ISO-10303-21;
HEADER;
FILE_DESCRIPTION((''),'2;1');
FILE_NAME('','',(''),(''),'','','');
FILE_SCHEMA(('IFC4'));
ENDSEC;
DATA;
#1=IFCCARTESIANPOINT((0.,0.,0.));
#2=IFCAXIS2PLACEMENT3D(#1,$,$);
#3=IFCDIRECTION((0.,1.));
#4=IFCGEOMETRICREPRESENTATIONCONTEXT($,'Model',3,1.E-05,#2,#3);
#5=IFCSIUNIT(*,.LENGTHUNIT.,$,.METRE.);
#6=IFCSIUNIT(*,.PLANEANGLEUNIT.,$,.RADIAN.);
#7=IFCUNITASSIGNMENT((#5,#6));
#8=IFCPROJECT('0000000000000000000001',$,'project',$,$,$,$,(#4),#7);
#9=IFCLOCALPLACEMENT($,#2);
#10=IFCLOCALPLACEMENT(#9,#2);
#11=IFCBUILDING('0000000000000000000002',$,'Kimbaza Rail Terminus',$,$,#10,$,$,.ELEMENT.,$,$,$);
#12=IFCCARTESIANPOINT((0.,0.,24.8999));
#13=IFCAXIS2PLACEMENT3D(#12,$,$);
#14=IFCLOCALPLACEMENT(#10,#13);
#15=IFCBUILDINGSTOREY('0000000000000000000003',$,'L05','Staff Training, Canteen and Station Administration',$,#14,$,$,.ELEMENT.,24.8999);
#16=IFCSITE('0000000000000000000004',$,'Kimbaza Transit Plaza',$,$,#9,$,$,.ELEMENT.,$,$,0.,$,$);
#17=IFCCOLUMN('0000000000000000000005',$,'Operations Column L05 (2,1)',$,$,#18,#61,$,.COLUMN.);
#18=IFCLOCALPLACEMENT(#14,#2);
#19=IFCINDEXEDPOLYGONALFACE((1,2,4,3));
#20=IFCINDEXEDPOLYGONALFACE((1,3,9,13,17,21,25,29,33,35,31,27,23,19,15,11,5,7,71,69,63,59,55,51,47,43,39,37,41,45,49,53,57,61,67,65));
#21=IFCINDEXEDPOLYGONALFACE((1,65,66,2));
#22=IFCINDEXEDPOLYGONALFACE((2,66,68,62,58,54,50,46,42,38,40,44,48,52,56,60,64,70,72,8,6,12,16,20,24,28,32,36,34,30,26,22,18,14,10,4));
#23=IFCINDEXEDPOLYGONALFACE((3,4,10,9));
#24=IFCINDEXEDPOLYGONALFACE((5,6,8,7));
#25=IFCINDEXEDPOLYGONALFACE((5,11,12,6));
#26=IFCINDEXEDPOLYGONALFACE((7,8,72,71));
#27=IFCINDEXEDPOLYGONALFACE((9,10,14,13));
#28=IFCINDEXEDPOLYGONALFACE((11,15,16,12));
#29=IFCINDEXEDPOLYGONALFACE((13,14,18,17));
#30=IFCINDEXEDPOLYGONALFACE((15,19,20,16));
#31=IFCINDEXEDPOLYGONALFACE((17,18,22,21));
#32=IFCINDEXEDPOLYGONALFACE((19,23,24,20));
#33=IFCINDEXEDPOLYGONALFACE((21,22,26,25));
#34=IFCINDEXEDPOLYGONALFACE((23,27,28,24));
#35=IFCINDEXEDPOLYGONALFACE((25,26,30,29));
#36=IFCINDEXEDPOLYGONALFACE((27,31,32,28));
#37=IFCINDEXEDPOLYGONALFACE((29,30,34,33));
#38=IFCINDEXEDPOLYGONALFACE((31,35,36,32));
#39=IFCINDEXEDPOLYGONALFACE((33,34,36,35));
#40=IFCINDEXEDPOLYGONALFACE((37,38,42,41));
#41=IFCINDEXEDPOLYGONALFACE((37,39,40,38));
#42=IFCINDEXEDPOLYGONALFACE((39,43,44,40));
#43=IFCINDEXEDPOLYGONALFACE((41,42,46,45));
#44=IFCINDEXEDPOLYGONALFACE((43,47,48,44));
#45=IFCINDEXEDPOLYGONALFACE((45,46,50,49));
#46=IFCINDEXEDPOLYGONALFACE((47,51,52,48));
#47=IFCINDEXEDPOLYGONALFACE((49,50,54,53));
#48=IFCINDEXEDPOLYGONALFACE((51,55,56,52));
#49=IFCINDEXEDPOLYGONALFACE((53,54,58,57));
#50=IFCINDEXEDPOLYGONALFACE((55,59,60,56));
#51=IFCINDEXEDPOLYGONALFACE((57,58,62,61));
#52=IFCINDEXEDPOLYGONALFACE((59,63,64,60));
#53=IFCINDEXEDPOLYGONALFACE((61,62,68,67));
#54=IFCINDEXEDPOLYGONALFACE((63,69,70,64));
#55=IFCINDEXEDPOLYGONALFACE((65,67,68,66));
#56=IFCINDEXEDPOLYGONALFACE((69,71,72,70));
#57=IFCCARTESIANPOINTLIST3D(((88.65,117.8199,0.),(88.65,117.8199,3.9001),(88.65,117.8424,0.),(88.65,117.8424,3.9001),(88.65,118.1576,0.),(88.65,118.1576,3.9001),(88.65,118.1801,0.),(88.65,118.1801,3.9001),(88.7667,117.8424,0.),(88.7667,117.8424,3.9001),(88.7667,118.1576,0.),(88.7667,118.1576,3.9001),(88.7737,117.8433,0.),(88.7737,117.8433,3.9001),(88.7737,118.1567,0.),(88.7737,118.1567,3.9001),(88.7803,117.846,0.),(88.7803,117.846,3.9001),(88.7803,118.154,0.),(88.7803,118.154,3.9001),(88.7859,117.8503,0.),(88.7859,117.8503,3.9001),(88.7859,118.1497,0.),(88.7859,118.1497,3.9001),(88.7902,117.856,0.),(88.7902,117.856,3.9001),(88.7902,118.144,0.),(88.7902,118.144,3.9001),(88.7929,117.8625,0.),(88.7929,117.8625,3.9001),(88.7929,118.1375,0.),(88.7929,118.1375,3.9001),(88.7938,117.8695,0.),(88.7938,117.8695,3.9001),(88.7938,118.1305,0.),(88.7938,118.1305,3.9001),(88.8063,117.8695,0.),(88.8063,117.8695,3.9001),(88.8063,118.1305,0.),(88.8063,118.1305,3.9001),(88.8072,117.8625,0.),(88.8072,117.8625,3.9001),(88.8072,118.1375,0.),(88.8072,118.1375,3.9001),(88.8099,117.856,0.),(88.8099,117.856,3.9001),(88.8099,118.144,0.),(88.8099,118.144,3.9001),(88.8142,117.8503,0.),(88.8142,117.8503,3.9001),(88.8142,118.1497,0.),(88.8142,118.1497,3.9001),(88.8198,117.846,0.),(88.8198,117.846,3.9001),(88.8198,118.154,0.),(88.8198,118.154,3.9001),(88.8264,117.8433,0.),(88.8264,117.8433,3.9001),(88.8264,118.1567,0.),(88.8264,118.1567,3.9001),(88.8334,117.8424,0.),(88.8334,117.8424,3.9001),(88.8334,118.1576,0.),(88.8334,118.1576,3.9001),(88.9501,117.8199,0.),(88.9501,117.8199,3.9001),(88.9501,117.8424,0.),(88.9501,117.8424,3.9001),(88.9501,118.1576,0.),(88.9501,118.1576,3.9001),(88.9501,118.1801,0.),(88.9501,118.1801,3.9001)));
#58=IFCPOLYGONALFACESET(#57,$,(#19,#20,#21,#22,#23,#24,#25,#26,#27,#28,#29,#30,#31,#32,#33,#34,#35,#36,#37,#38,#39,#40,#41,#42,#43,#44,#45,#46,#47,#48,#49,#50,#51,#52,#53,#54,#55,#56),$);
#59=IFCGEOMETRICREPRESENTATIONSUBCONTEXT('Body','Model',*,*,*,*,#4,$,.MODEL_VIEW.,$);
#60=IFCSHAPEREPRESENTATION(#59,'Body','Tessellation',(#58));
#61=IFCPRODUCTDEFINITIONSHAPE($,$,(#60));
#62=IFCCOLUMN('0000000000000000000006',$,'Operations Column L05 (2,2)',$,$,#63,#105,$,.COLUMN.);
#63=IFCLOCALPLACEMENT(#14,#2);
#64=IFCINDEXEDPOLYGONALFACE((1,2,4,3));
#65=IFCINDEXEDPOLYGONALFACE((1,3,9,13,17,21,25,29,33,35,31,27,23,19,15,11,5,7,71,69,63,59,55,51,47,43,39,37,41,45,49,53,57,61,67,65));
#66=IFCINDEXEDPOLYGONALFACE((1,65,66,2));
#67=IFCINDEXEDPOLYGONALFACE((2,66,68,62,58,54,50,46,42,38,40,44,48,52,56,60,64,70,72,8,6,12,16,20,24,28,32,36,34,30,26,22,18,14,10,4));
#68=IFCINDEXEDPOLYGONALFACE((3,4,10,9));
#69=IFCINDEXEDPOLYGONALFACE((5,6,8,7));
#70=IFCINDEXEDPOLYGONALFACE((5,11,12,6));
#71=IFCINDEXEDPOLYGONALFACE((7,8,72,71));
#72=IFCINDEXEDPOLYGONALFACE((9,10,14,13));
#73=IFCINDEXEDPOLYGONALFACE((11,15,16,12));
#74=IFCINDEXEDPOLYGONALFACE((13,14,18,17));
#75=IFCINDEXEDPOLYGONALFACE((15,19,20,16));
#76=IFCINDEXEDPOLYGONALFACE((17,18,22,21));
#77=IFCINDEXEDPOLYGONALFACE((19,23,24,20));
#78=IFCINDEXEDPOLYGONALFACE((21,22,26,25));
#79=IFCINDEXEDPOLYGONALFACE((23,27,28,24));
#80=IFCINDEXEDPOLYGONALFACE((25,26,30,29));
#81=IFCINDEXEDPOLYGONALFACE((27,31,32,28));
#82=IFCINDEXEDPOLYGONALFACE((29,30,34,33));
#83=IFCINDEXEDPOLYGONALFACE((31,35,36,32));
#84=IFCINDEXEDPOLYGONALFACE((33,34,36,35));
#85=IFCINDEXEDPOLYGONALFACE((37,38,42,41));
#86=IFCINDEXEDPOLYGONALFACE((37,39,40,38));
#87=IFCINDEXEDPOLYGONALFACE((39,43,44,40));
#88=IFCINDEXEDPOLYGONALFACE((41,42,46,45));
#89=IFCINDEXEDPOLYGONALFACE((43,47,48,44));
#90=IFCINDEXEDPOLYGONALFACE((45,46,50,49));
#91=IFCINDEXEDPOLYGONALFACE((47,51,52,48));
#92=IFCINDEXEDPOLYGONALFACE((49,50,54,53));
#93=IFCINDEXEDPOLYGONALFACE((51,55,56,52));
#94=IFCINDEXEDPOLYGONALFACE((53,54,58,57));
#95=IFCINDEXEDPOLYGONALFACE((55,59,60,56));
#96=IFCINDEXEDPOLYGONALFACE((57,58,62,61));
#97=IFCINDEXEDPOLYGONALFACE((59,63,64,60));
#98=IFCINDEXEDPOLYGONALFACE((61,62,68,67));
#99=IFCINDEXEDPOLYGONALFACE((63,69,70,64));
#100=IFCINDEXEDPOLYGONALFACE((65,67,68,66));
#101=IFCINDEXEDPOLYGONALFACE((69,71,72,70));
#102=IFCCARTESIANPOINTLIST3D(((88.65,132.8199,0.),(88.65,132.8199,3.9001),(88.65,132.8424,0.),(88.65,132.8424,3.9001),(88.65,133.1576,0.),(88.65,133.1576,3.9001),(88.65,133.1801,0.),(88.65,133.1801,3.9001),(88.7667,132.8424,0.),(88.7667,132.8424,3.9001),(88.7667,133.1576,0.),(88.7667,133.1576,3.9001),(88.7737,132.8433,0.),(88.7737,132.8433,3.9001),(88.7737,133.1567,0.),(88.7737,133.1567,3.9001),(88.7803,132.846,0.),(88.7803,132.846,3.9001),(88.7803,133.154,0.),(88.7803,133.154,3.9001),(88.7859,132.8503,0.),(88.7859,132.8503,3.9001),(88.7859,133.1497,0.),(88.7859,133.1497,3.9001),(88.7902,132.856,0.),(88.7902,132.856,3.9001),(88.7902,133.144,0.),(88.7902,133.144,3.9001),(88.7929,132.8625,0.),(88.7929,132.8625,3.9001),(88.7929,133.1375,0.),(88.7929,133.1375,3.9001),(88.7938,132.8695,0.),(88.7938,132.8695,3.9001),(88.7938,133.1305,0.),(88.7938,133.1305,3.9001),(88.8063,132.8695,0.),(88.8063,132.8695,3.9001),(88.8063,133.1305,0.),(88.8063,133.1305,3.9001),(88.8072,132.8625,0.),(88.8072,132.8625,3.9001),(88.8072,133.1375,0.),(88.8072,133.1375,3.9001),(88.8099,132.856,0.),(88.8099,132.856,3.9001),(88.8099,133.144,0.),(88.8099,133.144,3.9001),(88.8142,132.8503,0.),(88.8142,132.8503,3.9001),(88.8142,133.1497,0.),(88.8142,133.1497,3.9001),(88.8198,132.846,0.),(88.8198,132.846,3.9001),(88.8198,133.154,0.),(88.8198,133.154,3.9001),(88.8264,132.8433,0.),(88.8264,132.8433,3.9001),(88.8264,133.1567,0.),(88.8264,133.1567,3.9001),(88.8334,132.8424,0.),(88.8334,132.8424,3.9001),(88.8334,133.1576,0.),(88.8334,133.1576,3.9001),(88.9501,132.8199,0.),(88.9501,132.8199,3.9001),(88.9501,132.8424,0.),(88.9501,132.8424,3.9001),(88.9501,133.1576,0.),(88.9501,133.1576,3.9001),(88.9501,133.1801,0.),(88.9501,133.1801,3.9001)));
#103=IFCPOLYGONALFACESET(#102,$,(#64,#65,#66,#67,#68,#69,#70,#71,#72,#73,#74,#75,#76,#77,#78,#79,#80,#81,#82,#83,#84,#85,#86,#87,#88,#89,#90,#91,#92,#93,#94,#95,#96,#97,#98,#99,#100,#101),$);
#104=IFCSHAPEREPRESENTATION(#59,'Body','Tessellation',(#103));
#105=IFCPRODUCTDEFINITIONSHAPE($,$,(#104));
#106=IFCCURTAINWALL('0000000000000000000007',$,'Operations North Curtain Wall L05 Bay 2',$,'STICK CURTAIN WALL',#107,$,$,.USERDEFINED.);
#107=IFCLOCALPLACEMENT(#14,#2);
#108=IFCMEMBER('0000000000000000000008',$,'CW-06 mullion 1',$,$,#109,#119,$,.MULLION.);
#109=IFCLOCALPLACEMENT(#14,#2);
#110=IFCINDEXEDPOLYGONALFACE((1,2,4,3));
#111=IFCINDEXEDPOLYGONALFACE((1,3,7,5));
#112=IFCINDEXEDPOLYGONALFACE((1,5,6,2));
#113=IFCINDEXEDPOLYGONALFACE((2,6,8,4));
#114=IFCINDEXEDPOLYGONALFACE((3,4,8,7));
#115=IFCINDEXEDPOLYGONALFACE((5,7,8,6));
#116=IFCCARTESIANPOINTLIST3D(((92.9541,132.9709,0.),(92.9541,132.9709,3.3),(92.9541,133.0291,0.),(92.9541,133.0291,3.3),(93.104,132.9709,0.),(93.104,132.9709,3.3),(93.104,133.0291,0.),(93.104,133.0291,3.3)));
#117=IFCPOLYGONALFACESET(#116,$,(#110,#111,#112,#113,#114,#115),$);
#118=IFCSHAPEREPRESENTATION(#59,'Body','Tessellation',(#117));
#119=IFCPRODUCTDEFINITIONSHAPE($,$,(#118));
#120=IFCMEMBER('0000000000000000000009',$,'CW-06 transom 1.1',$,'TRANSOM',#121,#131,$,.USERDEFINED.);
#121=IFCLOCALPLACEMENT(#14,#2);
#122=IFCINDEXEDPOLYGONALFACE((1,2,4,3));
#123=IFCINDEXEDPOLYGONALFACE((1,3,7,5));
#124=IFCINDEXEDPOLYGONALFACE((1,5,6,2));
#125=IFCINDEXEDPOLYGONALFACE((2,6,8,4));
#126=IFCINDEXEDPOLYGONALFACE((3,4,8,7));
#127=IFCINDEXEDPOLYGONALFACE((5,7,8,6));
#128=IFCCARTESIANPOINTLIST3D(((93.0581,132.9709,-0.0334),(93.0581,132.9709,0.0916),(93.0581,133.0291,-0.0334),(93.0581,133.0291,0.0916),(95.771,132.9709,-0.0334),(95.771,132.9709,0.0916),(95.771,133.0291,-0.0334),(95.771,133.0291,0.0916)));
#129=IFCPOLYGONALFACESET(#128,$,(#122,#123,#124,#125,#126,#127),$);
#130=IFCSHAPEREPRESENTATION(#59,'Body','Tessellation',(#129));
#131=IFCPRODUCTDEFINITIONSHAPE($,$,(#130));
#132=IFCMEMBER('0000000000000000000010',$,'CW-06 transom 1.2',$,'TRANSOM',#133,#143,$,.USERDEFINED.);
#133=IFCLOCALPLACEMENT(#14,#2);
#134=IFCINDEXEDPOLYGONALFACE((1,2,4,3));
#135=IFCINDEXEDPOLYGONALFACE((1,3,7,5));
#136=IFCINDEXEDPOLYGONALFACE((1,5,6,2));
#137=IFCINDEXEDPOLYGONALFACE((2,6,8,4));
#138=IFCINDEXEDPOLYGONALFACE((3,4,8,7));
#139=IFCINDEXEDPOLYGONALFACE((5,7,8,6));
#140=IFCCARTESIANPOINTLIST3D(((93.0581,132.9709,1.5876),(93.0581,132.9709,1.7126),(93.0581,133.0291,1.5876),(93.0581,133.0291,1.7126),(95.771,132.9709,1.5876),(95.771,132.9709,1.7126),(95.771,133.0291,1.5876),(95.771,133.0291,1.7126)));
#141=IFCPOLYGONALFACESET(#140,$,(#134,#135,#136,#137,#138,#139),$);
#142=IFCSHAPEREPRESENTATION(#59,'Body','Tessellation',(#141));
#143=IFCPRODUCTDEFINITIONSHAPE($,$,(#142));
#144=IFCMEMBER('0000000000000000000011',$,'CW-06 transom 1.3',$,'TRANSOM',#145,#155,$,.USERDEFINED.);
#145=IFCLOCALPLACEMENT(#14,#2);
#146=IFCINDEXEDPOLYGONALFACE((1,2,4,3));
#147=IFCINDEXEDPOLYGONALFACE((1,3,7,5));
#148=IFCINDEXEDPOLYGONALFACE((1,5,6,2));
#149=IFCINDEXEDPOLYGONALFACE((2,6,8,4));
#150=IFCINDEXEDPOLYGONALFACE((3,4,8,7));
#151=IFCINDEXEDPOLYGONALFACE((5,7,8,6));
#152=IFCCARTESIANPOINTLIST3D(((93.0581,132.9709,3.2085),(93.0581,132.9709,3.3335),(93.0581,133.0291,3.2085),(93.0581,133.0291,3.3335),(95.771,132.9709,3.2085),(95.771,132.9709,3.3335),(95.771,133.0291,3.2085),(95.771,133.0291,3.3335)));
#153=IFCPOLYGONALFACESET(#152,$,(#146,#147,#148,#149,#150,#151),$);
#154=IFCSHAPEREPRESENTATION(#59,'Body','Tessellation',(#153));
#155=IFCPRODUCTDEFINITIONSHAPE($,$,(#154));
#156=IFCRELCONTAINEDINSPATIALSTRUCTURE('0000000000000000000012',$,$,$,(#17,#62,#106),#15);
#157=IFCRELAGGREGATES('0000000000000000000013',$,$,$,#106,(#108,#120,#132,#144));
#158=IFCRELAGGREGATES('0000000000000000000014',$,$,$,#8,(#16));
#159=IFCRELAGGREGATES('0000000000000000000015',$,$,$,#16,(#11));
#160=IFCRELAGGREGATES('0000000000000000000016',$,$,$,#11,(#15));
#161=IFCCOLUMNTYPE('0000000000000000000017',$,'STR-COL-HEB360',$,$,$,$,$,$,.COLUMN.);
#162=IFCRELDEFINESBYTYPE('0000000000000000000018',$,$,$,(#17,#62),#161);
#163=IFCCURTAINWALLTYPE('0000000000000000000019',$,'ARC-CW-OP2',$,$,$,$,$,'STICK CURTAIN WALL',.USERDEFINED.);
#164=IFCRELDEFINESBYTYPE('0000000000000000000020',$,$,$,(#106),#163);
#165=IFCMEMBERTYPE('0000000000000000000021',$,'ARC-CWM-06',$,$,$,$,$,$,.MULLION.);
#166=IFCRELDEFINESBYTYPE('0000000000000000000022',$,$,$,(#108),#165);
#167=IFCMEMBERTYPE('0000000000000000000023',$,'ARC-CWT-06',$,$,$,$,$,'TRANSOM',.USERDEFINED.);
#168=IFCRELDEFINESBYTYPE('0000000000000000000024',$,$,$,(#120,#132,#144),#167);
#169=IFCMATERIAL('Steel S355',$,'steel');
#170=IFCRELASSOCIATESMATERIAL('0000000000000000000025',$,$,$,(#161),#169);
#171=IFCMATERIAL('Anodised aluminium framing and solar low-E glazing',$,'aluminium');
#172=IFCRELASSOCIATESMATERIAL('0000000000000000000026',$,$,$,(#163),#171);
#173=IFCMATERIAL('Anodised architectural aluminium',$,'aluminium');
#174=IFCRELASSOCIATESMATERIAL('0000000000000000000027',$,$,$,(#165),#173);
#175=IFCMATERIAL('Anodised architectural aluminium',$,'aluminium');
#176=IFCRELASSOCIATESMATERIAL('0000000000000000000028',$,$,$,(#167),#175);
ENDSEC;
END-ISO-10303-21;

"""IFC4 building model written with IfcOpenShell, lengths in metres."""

from ifc_helpers import new_model, si_unit, direction, frame, origin, origin_2d, place, context, subcontext, project, spatial, rectangle, i_section, extrude, material, material_profile, profile_set, type_object, element, aggregate, save


model = new_model("IFC4")

# Units and contexts
model_context = context("Model", 3, precision=1e-05, world=origin(), true_north=direction((0.0, 1.0)))
body_context = subcontext(model_context, "Body", "Model", "MODEL_VIEW")
ifc_project = project(units=[si_unit("LENGTHUNIT", "METRE"), si_unit("PLANEANGLEUNIT", "RADIAN")], contexts=[model_context])

# Site, building, storey
site_placement = place(None, origin())
site = spatial("IfcSite", under=ifc_project, at=site_placement, Name="Kimbaza Transit Plaza", CompositionType="ELEMENT", RefElevation=0.0)
building_placement = place(site_placement, origin())
building = spatial("IfcBuilding", under=site, at=building_placement, Name="Kimbaza Rail Terminus", CompositionType="ELEMENT")
storey_placement = place(building_placement, frame((0.0, 0.0, 24.8999)))
storey = spatial("IfcBuildingStorey", under=building, at=storey_placement, Name="L05", Description="Staff Training, Canteen and Station Administration", CompositionType="ELEMENT", Elevation=24.8999)

# Columns
ifc_material_1 = material(Name="Steel S355", Category="steel")
ifc_material_profile_1 = material_profile(ifc_material_1, i_section(OverallWidth=0.3, OverallDepth=0.3601, WebThickness=0.0125, FlangeThickness=0.0225, FilletRadius=0.0271, at=origin_2d()), Name="HEB 360")
ifc_profile_set_1 = profile_set([ifc_material_profile_1], Name="Steel S355")
column_type = type_object("IfcColumnType", Name="STR-COL-HEB360", PredefinedType="COLUMN", material=ifc_profile_set_1)
for number, where, z_axis, x_axis, name in (
    (1, (88.8, 118.0, 0.0), (0.0, 0.0, 1.0), (1.0, 0.0, 0.0), "Operations Column L05 (2,1)"),
    (2, (88.8, 133.0, 0.0), (0.0, 0.0, 1.0), (1.0, 0.0, 0.0), "Operations Column L05 (2,2)"),
):
    element("IfcColumn", number, at=place(storey_placement, frame(where, z_axis=z_axis, x_axis=x_axis)), inside=storey, type_object=column_type, Name=name, PredefinedType="COLUMN", context=body_context, shape_type="SweptSolid", body=[
        extrude(i_section(OverallWidth=0.3, OverallDepth=0.3601, WebThickness=0.0125, FlangeThickness=0.0225, FilletRadius=0.0271, at=origin_2d()), origin(), (0.0, 0.0, 1.0), 3.9001),
    ])

# Curtain wall, members
ifc_material_2 = material(Name="Anodised aluminium framing and solar low-E glazing", Category="aluminium")
curtain_wall_type = type_object("IfcCurtainWallType", Name="ARC-CW-OP2", ElementType="STICK CURTAIN WALL", PredefinedType="USERDEFINED", material=ifc_material_2)
curtain_wall_placement = place(storey_placement, origin())
curtain_wall = element("IfcCurtainWall", 3, at=curtain_wall_placement, inside=storey, type_object=curtain_wall_type, Name="Operations North Curtain Wall L05 Bay 2", ObjectType="STICK CURTAIN WALL", PredefinedType="USERDEFINED")
ifc_material_3 = material(Name="Anodised architectural aluminium", Category="aluminium")
ifc_material_profile_2 = material_profile(ifc_material_3, rectangle(XDim=0.0581, YDim=0.1499, at=origin_2d()), Name="MULLION 58x150")
ifc_profile_set_2 = profile_set([ifc_material_profile_2], Name="Anodised architectural aluminium")
member_type_1 = type_object("IfcMemberType", Name="ARC-CWM-06", PredefinedType="MULLION", material=ifc_profile_set_2)
member_1_placement = place(storey_placement, frame((93.0291, 133.0, 0.0), z_axis=(0.0, 0.0, 1.0), x_axis=(0.0, 1.0, 0.0)))
member_1 = element("IfcMember", 4, at=member_1_placement, type_object=member_type_1, Name="CW-06 mullion 1", PredefinedType="MULLION", context=body_context, shape_type="SweptSolid", body=[
    extrude(rectangle(XDim=0.0581, YDim=0.1499, at=origin_2d()), origin(), (0.0, 0.0, 1.0), 3.3),
])
ifc_material_4 = material(Name="Anodised architectural aluminium", Category="aluminium")
ifc_material_profile_3 = material_profile(ifc_material_4, rectangle(XDim=0.0581, YDim=0.125, at=origin_2d()), Name="TRANSOM 58x125")
ifc_profile_set_3 = profile_set([ifc_material_profile_3], Name="Anodised architectural aluminium")
member_type_2 = type_object("IfcMemberType", Name="ARC-CWT-06", ElementType="TRANSOM", PredefinedType="USERDEFINED", material=ifc_profile_set_3)
member_2_placement = place(storey_placement, frame((93.0581, 133.0, 0.0291), z_axis=(1.0, 0.0, 0.0), x_axis=(0.0, 1.0, 0.0)))
member_2 = element("IfcMember", 5, at=member_2_placement, type_object=member_type_2, Name="CW-06 transom 1.1", ObjectType="TRANSOM", PredefinedType="USERDEFINED", context=body_context, shape_type="SweptSolid", body=[
    extrude(rectangle(XDim=0.0581, YDim=0.125, at=origin_2d()), origin(), (0.0, 0.0, 1.0), 2.7129),
])
member_3_placement = place(storey_placement, frame((93.0581, 133.0, 1.6501), z_axis=(1.0, 0.0, 0.0), x_axis=(0.0, 1.0, 0.0)))
member_3 = element("IfcMember", 6, at=member_3_placement, type_object=member_type_2, Name="CW-06 transom 1.2", ObjectType="TRANSOM", PredefinedType="USERDEFINED", context=body_context, shape_type="SweptSolid", body=[
    extrude(rectangle(XDim=0.0581, YDim=0.125, at=origin_2d()), origin(), (0.0, 0.0, 1.0), 2.7129),
])
member_4_placement = place(storey_placement, frame((93.0581, 133.0, 3.271), z_axis=(1.0, 0.0, 0.0), x_axis=(0.0, 1.0, 0.0)))
member_4 = element("IfcMember", 7, at=member_4_placement, type_object=member_type_2, Name="CW-06 transom 1.3", ObjectType="TRANSOM", PredefinedType="USERDEFINED", context=body_context, shape_type="SweptSolid", body=[
    extrude(rectangle(XDim=0.0581, YDim=0.125, at=origin_2d()), origin(), (0.0, 0.0, 1.0), 2.7129),
])

aggregate(curtain_wall, [member_1, member_2, member_3, member_4])

save(model, "model.ifc")
